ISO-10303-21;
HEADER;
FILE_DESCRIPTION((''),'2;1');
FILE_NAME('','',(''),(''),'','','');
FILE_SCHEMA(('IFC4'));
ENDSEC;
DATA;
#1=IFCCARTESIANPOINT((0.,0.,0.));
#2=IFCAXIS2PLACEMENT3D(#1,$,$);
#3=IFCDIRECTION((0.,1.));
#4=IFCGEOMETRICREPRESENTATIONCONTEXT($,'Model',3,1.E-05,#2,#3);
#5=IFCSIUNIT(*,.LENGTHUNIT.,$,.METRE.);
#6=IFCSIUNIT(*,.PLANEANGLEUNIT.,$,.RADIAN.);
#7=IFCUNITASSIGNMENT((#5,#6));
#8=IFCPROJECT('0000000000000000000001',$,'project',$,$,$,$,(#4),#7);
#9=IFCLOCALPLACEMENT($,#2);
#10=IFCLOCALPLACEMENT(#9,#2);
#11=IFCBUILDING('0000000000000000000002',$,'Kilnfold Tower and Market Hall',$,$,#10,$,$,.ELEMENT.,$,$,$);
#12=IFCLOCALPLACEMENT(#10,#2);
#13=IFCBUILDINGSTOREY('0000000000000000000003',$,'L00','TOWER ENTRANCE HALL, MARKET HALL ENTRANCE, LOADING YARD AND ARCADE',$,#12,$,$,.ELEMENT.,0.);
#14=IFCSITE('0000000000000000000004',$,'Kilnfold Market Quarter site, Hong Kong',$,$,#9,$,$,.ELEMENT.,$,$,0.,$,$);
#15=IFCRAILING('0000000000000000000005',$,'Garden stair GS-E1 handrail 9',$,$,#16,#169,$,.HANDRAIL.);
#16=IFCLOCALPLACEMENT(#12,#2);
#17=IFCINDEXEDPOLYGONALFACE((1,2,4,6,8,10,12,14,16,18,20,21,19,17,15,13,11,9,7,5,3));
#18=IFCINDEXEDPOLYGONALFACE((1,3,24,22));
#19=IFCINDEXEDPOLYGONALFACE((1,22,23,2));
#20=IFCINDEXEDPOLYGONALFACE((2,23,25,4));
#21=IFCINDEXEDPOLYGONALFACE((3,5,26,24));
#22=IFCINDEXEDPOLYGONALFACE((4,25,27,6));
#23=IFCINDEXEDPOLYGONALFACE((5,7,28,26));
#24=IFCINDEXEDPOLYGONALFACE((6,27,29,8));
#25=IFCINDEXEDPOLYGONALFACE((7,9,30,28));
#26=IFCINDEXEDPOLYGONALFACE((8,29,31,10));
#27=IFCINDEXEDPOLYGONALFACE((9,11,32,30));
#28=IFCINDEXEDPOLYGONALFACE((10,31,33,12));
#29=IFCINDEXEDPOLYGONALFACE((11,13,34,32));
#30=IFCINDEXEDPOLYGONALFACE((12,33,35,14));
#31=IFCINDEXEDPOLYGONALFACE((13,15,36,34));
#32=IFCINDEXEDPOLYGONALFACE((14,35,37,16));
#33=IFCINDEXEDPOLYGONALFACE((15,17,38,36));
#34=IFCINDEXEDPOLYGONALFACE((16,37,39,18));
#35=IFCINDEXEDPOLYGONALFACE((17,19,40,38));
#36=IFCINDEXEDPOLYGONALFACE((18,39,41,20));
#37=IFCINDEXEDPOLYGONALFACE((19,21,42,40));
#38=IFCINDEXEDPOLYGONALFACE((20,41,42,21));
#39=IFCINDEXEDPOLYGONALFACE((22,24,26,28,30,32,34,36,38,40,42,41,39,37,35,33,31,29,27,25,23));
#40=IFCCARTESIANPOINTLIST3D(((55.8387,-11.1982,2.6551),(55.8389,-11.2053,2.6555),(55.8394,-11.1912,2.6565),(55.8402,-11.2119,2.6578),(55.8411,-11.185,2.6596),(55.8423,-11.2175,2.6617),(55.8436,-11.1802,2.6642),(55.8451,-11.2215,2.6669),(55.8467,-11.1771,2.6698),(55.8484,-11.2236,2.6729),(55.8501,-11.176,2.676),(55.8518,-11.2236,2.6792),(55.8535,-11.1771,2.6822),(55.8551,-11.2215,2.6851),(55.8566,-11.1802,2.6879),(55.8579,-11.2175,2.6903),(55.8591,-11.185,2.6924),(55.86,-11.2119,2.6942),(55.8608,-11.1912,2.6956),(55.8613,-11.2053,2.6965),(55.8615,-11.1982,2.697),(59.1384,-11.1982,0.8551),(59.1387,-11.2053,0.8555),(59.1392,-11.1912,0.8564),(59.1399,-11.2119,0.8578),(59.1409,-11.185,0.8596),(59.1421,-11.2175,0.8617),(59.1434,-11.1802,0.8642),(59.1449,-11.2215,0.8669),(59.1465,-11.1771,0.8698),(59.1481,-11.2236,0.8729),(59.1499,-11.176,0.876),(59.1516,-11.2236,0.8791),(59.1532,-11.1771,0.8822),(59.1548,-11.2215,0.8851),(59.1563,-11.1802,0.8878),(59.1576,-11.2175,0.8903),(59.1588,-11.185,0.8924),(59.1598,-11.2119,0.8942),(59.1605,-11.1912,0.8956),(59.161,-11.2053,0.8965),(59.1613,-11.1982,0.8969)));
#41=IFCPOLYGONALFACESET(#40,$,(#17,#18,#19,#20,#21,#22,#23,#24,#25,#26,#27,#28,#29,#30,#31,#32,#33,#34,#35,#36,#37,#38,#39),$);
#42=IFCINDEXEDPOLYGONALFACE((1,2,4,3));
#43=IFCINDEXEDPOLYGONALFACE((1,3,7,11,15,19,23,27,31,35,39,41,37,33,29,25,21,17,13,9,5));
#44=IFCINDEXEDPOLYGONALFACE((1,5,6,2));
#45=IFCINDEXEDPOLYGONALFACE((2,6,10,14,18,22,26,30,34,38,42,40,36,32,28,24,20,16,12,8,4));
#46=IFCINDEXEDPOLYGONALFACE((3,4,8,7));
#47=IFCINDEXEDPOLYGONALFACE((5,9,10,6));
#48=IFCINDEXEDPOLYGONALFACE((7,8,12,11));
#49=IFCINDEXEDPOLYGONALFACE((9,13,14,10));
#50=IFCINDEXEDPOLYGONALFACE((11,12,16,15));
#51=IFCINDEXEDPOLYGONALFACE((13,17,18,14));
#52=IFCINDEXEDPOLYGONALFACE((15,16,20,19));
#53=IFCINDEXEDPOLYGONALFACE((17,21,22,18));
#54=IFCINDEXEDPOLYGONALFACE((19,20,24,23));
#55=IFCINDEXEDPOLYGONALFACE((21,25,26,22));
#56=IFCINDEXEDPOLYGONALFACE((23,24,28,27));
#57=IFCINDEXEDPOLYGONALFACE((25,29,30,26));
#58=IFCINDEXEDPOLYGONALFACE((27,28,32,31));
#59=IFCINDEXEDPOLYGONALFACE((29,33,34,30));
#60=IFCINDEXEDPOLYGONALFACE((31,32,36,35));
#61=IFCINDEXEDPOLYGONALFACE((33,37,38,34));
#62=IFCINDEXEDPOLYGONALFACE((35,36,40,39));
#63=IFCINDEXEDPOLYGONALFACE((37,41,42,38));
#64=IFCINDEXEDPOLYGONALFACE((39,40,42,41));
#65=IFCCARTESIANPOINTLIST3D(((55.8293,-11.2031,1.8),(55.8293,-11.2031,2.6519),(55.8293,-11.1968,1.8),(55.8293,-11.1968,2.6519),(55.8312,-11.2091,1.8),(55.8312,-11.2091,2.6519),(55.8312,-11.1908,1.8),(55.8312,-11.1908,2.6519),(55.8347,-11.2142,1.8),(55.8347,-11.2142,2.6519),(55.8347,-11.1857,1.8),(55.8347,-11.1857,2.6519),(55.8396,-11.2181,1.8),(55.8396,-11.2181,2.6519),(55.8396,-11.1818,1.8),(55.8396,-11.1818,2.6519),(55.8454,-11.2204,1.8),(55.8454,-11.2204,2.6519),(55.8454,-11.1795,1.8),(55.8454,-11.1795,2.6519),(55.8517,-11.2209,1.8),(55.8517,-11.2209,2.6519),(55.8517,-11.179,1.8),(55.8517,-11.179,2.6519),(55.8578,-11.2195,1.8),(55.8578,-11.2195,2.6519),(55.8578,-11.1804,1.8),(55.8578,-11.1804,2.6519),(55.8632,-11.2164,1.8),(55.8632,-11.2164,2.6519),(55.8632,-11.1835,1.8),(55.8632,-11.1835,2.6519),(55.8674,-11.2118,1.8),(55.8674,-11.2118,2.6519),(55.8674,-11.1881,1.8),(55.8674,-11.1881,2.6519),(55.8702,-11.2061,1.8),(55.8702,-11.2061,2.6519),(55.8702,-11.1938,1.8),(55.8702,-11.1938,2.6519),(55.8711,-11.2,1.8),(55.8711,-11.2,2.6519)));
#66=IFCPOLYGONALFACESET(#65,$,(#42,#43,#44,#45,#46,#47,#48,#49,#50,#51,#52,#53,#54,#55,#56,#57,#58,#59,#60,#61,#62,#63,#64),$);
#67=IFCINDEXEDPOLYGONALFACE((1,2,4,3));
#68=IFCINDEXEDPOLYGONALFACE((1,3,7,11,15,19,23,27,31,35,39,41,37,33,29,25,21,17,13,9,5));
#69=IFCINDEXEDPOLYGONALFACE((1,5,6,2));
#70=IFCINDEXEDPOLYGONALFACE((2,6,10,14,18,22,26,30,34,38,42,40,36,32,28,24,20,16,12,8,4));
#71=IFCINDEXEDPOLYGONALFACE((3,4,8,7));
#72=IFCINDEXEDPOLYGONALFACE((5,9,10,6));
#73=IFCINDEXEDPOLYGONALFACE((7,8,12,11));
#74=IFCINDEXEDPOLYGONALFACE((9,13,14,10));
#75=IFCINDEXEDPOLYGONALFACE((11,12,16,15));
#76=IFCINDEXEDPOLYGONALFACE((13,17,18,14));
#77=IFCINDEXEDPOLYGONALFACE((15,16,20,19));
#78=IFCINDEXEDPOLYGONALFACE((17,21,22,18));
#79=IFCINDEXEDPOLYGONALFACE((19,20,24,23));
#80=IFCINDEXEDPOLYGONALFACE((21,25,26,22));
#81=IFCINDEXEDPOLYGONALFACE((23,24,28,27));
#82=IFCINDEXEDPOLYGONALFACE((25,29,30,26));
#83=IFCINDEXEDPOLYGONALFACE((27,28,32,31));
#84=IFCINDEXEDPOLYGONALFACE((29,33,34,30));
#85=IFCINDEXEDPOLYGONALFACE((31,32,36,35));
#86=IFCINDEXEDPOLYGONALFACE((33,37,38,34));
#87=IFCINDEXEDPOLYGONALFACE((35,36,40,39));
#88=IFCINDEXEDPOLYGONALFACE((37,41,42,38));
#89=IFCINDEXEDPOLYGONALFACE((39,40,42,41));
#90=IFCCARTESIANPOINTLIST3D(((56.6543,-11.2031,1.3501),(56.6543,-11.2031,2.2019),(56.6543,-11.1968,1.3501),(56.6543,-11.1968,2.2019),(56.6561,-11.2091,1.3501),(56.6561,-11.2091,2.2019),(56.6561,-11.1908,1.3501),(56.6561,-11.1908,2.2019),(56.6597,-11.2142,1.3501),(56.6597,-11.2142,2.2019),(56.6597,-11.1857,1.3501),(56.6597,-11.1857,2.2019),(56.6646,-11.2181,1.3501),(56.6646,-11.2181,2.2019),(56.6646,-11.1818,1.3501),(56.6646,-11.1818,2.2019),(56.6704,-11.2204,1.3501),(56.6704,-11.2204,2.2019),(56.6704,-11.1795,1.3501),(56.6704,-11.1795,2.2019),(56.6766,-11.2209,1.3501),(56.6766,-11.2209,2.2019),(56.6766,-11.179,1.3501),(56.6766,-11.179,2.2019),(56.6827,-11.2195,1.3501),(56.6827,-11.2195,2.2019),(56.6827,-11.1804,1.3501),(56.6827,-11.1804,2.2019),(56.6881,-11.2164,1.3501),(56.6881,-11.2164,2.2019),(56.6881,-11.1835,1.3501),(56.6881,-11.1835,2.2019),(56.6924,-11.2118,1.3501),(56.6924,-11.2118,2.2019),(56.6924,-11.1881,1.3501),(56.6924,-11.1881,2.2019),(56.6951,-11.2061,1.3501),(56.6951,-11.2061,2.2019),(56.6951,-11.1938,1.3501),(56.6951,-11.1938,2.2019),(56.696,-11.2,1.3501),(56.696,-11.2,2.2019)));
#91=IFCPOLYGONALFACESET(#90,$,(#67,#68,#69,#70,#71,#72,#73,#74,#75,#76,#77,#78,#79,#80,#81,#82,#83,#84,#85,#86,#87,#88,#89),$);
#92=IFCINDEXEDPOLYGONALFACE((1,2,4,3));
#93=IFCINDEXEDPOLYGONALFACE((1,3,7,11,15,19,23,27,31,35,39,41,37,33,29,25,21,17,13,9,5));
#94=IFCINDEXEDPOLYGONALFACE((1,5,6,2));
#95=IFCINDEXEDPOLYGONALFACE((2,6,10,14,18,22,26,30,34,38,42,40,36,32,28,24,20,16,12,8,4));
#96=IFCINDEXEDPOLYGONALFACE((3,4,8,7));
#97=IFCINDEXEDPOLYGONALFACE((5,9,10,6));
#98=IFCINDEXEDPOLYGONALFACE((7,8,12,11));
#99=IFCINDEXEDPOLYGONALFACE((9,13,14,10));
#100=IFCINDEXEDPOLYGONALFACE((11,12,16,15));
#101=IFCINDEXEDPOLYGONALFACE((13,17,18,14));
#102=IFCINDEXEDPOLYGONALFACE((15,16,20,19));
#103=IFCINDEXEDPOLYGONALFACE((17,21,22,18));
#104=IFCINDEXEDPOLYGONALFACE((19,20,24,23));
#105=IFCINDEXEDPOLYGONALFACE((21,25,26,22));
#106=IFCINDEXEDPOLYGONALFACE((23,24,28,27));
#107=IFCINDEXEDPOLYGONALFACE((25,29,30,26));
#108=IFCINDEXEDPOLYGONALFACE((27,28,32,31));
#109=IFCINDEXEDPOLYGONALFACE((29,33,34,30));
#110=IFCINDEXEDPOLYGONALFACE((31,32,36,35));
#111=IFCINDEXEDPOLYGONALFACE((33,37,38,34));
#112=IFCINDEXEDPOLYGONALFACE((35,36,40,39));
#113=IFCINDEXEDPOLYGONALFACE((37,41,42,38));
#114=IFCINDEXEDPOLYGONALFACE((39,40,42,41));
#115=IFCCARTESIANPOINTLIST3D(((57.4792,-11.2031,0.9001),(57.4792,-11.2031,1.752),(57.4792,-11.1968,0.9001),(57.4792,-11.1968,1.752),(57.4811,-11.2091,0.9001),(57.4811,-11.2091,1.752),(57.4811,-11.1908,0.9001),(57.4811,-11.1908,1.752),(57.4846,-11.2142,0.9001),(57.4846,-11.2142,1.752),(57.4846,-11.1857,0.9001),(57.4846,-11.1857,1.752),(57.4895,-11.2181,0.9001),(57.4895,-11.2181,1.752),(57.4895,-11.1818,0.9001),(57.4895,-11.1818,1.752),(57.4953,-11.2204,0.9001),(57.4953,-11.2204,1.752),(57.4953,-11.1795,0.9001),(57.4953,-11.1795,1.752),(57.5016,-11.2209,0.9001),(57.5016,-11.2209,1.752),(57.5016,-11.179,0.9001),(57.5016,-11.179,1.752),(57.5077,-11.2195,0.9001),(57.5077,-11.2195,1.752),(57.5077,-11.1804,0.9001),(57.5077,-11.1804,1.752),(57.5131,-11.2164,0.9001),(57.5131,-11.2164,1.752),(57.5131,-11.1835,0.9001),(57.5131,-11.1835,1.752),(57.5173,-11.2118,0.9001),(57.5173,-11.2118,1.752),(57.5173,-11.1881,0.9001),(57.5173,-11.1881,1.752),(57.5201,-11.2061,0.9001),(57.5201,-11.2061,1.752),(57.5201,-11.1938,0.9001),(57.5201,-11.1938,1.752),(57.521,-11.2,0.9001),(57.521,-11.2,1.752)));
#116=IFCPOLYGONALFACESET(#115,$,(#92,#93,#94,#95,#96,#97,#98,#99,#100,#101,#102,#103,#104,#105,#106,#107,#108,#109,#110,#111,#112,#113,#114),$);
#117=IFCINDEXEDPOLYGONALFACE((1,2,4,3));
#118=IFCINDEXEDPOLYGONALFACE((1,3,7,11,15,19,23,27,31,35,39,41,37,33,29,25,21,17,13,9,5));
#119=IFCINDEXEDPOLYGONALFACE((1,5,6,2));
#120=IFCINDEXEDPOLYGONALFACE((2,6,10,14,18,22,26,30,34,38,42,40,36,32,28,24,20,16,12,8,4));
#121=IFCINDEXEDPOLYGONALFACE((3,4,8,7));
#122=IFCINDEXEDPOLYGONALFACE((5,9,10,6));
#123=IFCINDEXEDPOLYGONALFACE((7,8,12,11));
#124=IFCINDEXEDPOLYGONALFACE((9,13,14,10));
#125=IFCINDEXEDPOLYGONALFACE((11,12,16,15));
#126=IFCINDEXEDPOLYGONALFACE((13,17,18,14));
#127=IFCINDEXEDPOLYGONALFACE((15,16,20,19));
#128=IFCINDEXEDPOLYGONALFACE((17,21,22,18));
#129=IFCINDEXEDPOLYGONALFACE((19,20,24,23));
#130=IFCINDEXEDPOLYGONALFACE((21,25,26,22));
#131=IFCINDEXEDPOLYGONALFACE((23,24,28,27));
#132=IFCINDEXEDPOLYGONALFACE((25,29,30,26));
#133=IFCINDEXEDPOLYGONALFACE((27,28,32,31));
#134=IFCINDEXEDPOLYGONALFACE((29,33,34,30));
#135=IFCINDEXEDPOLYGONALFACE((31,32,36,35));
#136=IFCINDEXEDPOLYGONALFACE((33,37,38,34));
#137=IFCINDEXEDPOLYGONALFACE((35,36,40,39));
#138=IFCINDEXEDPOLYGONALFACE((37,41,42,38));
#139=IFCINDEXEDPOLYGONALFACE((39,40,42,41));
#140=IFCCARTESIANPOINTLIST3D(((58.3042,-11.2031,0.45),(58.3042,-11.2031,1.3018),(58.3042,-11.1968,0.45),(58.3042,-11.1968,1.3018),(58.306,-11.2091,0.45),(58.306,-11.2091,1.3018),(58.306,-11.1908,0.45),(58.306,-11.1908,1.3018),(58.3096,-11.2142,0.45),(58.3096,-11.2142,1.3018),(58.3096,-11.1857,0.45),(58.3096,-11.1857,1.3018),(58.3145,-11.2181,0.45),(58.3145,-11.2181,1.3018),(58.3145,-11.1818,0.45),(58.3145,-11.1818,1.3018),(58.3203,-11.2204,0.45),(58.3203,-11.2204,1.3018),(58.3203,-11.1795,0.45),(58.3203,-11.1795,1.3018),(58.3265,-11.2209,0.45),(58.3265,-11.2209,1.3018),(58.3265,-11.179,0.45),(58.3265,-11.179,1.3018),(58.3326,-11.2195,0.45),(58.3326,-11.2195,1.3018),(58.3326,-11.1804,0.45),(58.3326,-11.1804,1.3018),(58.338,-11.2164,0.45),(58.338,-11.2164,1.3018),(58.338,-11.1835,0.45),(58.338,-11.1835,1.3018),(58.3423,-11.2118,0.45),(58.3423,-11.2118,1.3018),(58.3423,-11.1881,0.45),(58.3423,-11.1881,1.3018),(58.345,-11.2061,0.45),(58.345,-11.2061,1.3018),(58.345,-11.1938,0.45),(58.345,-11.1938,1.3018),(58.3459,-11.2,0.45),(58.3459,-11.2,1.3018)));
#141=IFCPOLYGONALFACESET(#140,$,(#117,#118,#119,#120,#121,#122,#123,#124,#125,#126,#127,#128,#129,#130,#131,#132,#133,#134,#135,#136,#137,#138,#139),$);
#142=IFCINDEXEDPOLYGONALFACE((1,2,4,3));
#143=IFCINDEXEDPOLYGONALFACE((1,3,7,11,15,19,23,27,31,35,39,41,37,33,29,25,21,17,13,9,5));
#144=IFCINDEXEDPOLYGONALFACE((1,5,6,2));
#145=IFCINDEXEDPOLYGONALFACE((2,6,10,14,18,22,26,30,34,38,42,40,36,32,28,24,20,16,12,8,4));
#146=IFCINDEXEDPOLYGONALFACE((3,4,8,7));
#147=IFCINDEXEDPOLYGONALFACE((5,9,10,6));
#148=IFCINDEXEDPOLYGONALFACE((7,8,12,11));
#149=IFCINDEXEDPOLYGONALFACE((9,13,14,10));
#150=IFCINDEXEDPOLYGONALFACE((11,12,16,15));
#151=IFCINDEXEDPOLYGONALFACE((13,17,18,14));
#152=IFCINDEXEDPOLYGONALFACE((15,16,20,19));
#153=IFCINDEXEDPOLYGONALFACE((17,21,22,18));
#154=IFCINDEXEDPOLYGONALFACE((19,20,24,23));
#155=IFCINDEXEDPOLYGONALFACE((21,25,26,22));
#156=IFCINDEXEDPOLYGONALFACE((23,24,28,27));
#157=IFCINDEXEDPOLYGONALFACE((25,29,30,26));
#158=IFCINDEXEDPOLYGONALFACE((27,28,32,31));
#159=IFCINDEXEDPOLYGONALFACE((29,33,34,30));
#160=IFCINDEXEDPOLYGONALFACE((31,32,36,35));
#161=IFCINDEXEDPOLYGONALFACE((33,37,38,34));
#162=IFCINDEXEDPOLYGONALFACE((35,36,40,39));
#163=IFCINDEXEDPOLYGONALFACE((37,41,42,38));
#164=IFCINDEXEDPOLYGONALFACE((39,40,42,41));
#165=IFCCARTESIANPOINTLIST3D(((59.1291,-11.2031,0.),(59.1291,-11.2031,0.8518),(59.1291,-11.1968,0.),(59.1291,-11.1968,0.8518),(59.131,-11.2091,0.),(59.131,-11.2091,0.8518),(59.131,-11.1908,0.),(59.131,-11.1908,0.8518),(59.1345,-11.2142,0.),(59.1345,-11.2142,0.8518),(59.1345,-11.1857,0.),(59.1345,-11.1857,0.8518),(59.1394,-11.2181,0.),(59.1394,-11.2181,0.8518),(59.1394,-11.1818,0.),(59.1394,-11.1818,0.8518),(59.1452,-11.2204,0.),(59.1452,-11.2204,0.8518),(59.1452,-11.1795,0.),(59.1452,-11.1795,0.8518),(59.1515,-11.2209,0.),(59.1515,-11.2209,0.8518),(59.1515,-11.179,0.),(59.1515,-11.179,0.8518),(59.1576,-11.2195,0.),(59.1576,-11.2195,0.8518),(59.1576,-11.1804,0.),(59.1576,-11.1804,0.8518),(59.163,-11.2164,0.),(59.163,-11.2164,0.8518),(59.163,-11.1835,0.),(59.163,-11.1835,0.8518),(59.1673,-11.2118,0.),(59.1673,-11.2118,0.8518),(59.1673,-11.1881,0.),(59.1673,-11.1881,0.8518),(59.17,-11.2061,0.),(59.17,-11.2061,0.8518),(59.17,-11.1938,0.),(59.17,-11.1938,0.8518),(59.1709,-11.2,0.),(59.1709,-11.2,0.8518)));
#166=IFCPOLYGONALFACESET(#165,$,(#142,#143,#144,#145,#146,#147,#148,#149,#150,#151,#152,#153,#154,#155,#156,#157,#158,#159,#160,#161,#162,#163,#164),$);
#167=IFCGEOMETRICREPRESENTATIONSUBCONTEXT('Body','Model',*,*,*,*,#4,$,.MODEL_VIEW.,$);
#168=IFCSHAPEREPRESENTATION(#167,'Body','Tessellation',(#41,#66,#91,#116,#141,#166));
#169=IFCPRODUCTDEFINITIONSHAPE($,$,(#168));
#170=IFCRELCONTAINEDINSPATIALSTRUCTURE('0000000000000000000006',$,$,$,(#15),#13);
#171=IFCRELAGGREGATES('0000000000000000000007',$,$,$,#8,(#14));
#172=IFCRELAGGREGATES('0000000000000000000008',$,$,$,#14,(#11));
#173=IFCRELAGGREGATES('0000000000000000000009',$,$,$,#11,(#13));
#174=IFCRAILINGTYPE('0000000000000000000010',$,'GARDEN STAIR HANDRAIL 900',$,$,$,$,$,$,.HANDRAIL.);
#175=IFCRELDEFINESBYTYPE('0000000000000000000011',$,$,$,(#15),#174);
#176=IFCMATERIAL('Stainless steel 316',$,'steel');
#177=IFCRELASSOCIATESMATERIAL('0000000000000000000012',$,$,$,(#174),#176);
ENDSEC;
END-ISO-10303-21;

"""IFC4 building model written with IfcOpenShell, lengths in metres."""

from ifc_helpers import new_model, si_unit, direction, frame, origin, origin_2d, place, context, subcontext, project, spatial, circle, extrude, material, type_object, element, save


model = new_model("IFC4")

# Units and contexts
model_context = context("Model", 3, precision=1e-05, world=origin(), true_north=direction((0.0, 1.0)))
body_context = subcontext(model_context, "Body", "Model", "MODEL_VIEW")
ifc_project = project(units=[si_unit("LENGTHUNIT", "METRE"), si_unit("PLANEANGLEUNIT", "RADIAN")], contexts=[model_context])

# Site, building, storey
site_placement = place(None, origin())
site = spatial("IfcSite", under=ifc_project, at=site_placement, Name="Kilnfold Market Quarter site, Hong Kong", CompositionType="ELEMENT", RefElevation=0.0)
building_placement = place(site_placement, origin())
building = spatial("IfcBuilding", under=site, at=building_placement, Name="Kilnfold Tower and Market Hall", CompositionType="ELEMENT")
storey_placement = place(building_placement, origin())
storey = spatial("IfcBuildingStorey", under=building, at=storey_placement, Name="L00", Description="TOWER ENTRANCE HALL, MARKET HALL ENTRANCE, LOADING YARD AND ARCADE", CompositionType="ELEMENT", Elevation=0.0)

# Railing
ifc_material_1 = material(Name="Stainless steel 316", Category="steel")
railing_type_1 = type_object("IfcRailingType", Name="GARDEN STAIR HANDRAIL 900", PredefinedType="HANDRAIL", material=ifc_material_1)
for number, where, name in (
    (1, (55.8501, -11.2, 1.8), "Garden stair GS-E1 handrail 9"),
):
    element("IfcRailing", number, at=place(storey_placement, frame(where)), inside=storey, type_object=railing_type_1, Name=name, PredefinedType="HANDRAIL", context=body_context, shape_type="SweptSolid", body=[
        extrude(circle(Radius=0.0239, at=origin_2d()), frame((0.0, 0.0, 0.876), z_axis=(0.877878, 0.0, -0.478884), x_axis=(0.0, 1.0, 0.0)), (0.0, 0.0, 1.0), 3.7588),
        extrude(circle(Radius=0.021, at=origin_2d()), origin(), (0.0, 0.0, 1.0), 0.8518),
        extrude(circle(Radius=0.021, at=origin_2d()), frame((0.825, 0.0, -0.45)), (0.0, 0.0, 1.0), 0.8518),
        extrude(circle(Radius=0.021, at=origin_2d()), frame((1.6499, 0.0, -0.8999)), (0.0, 0.0, 1.0), 0.8518),
        extrude(circle(Radius=0.021, at=origin_2d()), frame((2.4749, 0.0, -1.3501)), (0.0, 0.0, 1.0), 0.8518),
        extrude(circle(Radius=0.021, at=origin_2d()), frame((3.2998, 0.0, -1.8)), (0.0, 0.0, 1.0), 0.8518),
    ])

save(model, "model.ifc")
